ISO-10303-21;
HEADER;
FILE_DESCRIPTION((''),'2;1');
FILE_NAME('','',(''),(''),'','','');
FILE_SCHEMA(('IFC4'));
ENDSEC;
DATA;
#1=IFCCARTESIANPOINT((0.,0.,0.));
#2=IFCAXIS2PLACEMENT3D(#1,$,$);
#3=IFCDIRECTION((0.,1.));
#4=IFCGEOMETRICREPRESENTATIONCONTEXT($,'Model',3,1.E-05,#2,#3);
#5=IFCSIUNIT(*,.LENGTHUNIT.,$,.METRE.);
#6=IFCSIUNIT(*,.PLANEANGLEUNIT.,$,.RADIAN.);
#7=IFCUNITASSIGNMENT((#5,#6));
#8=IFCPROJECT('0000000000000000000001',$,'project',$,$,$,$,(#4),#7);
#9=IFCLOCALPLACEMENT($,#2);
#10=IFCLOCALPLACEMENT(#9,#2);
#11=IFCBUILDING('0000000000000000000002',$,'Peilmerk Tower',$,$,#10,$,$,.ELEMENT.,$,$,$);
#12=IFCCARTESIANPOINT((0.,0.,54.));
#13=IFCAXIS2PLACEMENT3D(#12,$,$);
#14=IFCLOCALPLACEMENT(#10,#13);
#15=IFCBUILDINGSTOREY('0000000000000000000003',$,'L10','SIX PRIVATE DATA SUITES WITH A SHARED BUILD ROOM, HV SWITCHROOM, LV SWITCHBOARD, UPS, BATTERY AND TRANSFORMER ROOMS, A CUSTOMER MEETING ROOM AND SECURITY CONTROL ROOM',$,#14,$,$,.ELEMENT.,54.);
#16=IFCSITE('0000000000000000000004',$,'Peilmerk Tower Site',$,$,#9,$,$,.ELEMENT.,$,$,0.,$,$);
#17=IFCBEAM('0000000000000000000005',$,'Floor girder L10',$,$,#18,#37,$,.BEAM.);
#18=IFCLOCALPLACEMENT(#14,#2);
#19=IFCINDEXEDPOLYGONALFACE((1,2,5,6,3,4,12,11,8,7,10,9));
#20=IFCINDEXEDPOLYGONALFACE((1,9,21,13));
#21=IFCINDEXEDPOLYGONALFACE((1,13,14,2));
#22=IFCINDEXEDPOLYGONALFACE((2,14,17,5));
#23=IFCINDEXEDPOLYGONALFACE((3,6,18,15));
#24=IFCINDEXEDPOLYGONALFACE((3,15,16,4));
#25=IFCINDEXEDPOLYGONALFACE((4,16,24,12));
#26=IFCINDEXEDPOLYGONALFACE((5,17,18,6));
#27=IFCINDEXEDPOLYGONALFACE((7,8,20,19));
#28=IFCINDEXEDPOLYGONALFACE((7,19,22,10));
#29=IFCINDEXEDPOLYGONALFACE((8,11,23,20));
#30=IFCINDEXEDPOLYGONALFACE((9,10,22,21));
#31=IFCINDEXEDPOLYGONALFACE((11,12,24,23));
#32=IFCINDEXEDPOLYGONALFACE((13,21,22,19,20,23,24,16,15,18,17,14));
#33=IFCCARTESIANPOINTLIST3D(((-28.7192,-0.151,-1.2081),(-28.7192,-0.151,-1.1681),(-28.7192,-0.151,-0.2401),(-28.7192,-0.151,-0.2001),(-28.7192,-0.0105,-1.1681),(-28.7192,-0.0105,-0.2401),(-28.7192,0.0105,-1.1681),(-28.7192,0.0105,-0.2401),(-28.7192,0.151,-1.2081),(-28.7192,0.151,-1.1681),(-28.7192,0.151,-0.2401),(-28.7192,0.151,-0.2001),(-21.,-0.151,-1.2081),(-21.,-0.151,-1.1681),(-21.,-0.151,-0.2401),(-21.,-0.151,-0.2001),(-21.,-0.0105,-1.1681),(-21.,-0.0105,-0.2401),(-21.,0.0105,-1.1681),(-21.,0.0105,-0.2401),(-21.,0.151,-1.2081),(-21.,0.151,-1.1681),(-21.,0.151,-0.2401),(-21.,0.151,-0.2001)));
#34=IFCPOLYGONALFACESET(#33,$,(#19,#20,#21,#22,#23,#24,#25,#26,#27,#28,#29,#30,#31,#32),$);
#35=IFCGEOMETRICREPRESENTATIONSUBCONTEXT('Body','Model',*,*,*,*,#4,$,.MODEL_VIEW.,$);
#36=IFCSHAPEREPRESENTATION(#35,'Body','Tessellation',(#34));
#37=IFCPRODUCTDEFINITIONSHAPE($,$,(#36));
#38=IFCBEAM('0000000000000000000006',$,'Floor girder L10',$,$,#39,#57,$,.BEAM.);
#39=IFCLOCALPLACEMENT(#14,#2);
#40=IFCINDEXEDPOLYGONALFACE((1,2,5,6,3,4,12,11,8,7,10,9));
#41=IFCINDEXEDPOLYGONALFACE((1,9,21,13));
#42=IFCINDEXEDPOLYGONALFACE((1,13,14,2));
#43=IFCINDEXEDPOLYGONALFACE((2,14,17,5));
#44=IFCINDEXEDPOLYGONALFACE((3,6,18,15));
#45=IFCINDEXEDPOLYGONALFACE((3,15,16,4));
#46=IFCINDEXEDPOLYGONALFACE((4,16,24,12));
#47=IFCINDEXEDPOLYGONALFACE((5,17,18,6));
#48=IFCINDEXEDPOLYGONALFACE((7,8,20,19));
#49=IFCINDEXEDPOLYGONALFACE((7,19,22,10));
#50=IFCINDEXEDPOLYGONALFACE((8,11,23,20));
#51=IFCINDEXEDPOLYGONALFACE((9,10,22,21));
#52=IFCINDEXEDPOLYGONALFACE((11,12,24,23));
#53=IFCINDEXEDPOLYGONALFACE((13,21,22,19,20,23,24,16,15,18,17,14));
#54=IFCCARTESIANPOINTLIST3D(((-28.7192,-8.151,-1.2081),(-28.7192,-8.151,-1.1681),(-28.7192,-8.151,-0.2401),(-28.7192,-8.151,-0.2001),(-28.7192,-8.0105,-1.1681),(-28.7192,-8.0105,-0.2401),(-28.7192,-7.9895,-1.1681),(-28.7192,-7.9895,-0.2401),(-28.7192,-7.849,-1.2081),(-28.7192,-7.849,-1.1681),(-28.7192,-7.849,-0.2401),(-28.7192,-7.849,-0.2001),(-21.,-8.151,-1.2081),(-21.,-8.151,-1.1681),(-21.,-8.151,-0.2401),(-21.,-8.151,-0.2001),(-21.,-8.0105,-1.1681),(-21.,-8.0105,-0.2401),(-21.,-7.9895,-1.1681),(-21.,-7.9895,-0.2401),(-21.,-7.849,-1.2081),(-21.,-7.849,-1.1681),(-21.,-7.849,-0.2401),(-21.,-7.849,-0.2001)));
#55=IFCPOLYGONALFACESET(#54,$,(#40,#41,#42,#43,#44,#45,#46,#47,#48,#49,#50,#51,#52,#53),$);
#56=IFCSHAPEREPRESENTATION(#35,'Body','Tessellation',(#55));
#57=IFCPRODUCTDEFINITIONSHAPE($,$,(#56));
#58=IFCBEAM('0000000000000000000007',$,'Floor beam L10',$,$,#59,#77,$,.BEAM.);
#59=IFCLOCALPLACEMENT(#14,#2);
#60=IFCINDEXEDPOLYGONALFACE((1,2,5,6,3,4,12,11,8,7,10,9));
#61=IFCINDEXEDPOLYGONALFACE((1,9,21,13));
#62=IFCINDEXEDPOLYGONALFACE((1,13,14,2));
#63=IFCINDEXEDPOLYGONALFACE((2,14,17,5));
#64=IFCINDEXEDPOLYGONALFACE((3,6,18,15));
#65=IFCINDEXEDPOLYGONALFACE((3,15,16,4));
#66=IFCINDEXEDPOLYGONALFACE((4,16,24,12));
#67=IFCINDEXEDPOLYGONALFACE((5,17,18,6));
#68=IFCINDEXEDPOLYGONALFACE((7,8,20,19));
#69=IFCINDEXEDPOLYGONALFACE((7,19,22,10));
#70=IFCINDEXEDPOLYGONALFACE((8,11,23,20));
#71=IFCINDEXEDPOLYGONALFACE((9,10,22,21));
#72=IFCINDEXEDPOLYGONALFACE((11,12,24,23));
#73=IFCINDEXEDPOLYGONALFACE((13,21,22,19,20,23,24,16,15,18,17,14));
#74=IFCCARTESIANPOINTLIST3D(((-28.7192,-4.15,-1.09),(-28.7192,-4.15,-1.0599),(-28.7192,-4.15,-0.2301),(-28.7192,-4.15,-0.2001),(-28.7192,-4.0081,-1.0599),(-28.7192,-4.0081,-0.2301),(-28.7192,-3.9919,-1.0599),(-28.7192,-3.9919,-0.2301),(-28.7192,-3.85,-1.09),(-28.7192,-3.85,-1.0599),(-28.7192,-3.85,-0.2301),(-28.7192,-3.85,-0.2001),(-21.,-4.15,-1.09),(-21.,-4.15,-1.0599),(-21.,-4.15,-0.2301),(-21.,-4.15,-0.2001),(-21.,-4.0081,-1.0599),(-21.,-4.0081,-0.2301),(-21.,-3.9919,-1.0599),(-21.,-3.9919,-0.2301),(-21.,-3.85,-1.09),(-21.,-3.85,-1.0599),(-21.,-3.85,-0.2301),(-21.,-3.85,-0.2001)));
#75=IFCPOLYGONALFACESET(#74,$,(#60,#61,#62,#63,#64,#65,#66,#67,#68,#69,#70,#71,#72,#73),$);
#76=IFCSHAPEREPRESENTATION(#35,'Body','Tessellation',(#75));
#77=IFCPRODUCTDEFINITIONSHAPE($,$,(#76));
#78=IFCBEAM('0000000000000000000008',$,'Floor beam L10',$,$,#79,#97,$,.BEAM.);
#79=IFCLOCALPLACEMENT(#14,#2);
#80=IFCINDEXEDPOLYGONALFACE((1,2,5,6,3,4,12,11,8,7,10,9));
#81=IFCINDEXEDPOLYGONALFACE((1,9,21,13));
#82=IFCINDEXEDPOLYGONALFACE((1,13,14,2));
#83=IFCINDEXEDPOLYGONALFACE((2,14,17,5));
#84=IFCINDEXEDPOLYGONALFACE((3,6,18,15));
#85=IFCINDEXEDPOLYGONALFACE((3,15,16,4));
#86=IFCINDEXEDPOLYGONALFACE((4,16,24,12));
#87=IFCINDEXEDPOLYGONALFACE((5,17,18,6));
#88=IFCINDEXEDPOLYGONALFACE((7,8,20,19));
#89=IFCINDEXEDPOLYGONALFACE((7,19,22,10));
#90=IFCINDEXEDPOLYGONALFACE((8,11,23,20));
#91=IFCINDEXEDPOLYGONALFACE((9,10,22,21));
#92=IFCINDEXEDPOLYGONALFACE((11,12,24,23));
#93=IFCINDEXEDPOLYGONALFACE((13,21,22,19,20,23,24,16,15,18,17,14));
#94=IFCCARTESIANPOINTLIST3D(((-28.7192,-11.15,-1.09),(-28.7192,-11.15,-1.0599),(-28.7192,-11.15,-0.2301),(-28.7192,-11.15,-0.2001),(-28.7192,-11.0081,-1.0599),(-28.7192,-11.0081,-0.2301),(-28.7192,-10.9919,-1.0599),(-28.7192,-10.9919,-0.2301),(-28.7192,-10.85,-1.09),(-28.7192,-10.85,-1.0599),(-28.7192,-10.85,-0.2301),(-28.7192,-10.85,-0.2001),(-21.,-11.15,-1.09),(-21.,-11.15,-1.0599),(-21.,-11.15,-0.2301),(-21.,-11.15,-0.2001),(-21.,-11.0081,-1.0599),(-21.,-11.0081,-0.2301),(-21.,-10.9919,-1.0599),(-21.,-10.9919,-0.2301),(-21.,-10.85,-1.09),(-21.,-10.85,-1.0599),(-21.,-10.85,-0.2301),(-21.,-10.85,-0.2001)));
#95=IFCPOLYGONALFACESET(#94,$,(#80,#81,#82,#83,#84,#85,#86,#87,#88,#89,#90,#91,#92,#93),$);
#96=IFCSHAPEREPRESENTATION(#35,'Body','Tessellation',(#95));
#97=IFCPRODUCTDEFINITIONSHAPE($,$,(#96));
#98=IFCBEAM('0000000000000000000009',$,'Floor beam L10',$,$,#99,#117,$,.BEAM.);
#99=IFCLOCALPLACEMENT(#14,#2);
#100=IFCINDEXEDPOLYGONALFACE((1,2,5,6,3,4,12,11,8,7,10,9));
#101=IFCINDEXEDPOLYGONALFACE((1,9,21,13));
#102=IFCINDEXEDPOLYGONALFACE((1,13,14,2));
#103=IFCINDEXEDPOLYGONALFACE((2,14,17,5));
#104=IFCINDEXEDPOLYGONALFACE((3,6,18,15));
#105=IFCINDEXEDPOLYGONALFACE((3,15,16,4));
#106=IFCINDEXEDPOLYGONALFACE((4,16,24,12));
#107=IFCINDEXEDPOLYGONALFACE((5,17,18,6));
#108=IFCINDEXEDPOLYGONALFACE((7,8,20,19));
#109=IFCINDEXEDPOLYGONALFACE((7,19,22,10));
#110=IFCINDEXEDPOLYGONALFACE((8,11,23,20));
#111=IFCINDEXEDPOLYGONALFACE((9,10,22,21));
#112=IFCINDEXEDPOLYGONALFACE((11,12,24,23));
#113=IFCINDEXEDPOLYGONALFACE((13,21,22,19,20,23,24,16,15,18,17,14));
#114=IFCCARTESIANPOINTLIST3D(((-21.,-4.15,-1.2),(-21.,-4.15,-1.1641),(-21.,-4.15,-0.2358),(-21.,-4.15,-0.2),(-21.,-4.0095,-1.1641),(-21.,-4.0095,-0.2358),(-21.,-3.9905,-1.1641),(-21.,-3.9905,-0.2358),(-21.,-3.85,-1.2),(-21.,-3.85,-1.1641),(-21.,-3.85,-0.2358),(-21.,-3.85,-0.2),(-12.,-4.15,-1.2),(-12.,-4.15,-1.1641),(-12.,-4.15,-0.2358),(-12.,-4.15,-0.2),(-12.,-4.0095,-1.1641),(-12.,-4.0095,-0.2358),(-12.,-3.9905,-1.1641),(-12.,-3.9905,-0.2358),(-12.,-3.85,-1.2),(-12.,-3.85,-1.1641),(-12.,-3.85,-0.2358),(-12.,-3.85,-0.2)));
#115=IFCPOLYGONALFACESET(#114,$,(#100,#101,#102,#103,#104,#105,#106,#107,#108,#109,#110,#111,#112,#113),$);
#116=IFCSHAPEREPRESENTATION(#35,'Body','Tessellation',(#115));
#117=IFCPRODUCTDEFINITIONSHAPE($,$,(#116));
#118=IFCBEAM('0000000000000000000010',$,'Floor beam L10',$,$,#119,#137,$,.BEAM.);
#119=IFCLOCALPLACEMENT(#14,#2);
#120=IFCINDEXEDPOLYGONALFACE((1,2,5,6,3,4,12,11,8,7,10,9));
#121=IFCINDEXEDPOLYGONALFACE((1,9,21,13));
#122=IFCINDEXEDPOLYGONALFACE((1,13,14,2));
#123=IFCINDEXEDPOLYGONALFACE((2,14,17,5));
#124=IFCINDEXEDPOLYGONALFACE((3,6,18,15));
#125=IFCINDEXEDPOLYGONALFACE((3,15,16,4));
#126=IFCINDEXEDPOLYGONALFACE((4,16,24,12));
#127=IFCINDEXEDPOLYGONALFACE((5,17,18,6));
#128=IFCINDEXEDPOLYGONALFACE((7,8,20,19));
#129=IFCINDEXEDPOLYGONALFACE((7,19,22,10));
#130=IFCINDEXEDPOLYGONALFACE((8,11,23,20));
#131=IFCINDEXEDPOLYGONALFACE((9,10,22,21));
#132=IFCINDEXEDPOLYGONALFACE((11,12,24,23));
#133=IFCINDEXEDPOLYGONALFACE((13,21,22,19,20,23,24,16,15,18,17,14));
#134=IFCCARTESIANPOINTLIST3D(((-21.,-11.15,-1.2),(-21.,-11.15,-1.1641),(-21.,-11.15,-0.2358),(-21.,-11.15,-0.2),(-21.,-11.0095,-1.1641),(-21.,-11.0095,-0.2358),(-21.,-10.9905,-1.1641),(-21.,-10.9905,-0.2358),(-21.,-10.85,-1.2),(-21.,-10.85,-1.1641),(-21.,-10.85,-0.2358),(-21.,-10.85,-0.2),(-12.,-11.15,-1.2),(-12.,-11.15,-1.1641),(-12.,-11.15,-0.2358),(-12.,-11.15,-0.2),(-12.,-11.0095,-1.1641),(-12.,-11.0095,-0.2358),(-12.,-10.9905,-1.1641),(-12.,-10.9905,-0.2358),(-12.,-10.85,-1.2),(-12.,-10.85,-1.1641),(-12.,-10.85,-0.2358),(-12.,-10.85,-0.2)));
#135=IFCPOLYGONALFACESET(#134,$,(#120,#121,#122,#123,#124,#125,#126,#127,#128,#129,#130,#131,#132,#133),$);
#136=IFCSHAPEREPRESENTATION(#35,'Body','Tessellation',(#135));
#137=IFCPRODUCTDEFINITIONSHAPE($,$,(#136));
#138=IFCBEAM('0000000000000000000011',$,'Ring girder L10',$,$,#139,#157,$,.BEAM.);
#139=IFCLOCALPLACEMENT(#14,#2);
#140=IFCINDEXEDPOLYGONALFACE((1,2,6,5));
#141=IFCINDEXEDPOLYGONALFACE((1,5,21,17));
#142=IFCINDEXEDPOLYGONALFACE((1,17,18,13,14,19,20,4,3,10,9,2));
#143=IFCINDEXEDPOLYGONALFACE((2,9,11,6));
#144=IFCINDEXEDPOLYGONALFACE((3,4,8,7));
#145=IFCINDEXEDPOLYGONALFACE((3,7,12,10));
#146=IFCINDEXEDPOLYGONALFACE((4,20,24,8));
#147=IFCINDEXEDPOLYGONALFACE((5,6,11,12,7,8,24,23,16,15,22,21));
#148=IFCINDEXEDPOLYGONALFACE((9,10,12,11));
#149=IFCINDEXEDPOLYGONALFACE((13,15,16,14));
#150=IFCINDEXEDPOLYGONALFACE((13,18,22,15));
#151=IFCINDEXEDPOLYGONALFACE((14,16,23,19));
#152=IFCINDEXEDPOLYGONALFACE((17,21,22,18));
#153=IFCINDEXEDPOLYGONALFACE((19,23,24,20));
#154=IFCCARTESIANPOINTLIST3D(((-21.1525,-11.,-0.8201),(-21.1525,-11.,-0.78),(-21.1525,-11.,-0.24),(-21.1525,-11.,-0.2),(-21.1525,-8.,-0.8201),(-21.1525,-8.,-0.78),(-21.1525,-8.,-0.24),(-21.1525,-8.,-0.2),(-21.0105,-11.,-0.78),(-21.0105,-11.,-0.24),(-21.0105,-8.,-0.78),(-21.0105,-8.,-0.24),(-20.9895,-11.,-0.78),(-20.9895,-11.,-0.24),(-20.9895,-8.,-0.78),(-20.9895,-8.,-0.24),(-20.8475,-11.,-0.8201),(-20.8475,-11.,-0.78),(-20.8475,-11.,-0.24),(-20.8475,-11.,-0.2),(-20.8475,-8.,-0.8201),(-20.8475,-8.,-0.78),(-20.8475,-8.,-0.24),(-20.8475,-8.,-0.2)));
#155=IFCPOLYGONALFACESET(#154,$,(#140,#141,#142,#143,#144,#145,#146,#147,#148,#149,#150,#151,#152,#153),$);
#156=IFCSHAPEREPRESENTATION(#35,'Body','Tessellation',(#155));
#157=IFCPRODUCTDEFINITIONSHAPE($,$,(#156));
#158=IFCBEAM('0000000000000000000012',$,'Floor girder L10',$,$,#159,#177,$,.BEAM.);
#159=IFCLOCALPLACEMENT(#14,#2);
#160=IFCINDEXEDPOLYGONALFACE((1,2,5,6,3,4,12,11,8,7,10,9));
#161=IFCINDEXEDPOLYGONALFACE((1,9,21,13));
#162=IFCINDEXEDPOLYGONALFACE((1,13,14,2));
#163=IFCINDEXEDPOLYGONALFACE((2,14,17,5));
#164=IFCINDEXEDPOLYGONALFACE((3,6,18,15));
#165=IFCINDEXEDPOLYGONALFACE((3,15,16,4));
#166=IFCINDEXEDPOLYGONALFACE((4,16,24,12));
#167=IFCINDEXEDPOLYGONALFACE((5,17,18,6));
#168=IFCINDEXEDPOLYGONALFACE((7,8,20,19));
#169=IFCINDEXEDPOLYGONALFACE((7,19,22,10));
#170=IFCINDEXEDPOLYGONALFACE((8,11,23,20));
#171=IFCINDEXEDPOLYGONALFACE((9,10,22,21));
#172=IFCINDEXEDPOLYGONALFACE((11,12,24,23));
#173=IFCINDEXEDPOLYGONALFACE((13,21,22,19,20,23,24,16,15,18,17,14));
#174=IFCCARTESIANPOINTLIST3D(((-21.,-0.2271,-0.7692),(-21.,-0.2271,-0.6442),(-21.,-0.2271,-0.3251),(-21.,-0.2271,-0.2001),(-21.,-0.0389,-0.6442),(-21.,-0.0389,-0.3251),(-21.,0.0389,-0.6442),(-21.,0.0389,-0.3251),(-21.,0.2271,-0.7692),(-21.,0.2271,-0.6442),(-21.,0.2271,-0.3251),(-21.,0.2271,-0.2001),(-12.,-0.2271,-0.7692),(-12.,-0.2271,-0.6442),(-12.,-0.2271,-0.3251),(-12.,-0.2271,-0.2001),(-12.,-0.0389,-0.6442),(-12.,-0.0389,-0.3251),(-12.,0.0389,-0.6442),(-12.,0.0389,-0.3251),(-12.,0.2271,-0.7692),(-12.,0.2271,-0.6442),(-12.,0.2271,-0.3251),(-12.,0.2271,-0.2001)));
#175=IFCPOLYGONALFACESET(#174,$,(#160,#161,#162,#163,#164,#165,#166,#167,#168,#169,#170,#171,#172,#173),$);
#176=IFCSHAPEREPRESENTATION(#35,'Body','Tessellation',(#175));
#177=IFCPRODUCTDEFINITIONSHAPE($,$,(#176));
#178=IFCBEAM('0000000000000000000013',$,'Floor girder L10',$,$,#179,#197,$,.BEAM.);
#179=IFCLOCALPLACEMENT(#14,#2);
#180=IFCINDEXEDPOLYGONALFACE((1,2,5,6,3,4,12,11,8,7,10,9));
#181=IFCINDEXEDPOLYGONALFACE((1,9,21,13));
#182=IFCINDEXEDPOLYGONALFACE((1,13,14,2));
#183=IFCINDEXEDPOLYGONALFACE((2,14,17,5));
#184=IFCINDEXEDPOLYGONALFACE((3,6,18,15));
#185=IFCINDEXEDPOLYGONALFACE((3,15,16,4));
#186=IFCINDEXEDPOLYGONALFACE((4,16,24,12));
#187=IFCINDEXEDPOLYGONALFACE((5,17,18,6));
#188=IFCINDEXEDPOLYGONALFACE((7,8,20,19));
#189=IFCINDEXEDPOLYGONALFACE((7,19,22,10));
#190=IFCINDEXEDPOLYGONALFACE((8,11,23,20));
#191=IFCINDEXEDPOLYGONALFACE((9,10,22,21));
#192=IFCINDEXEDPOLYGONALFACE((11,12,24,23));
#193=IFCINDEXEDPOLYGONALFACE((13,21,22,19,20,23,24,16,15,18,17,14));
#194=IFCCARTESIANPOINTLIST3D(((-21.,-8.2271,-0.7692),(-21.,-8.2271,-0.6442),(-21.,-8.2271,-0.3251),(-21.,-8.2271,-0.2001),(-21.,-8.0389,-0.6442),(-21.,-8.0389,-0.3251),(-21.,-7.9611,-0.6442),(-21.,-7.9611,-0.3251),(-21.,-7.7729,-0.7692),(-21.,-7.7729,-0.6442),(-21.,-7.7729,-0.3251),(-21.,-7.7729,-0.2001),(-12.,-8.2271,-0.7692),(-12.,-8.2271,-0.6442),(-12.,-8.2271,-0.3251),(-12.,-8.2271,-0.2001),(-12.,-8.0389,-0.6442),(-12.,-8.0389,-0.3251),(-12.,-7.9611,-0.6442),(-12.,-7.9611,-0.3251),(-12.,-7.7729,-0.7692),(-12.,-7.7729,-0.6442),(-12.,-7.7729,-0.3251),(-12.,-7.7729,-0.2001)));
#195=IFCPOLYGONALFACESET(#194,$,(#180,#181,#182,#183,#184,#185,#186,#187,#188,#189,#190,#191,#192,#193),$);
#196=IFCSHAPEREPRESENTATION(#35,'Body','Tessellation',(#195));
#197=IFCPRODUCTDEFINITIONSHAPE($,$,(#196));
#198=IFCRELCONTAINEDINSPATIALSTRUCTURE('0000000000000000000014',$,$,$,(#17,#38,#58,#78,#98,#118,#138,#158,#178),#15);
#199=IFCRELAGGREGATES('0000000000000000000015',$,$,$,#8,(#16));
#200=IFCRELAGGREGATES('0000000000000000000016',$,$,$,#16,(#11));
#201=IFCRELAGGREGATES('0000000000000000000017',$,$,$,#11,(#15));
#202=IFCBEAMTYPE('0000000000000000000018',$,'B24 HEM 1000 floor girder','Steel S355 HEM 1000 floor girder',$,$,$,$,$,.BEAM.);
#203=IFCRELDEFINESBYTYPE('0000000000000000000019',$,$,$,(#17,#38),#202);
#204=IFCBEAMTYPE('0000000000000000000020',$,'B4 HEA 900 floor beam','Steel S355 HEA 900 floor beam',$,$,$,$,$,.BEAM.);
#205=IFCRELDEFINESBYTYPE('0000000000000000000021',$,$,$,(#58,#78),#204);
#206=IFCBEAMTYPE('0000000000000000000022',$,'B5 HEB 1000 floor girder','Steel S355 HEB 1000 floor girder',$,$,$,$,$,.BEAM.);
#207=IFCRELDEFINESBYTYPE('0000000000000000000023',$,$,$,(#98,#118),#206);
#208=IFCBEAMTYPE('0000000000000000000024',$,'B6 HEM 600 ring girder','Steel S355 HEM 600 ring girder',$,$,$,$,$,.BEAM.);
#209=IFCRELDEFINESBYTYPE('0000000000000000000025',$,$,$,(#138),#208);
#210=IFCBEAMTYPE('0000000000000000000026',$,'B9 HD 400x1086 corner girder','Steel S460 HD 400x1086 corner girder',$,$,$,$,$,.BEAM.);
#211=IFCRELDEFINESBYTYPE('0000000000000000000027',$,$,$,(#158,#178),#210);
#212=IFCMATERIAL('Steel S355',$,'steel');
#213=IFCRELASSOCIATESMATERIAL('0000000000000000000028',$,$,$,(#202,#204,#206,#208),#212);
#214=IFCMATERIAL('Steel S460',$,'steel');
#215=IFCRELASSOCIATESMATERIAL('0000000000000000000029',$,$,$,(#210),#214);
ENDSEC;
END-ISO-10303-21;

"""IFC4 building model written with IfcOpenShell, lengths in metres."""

from ifc_helpers import new_model, si_unit, direction, frame, origin, origin_2d, place, context, subcontext, project, spatial, i_section, extrude, material, material_profile, profile_set, type_object, element, save


model = new_model("IFC4")

# Units and contexts
model_context = context("Model", 3, precision=1e-05, world=origin(), true_north=direction((0.0, 1.0)))
body_context = subcontext(model_context, "Body", "Model", "MODEL_VIEW")
ifc_project = project(units=[si_unit("LENGTHUNIT", "METRE"), si_unit("PLANEANGLEUNIT", "RADIAN")], contexts=[model_context])

# Site, building, storey
site_placement = place(None, origin())
site = spatial("IfcSite", under=ifc_project, at=site_placement, Name="Peilmerk Tower Site", CompositionType="ELEMENT", RefElevation=0.0)
building_placement = place(site_placement, origin())
building = spatial("IfcBuilding", under=site, at=building_placement, Name="Peilmerk Tower", CompositionType="ELEMENT")
storey_placement = place(building_placement, frame((0.0, 0.0, 54.0)))
storey = spatial("IfcBuildingStorey", under=building, at=storey_placement, Name="L10", Description="SIX PRIVATE DATA SUITES WITH A SHARED BUILD ROOM, HV SWITCHROOM, LV SWITCHBOARD, UPS, BATTERY AND TRANSFORMER ROOMS, A CUSTOMER MEETING ROOM AND SECURITY CONTROL ROOM", CompositionType="ELEMENT", Elevation=54.0)

# Beams
ifc_material_1 = material(Name="Steel S355", Category="steel")
ifc_material_profile_1 = material_profile(ifc_material_1, i_section(OverallWidth=0.302, OverallDepth=1.0081, WebThickness=0.021, FlangeThickness=0.04, at=origin_2d()), Name="HEM 1000")
ifc_profile_set_1 = profile_set([ifc_material_profile_1], Name="Steel S355")
beam_type_1 = type_object("IfcBeamType", Name="B24 HEM 1000 floor girder", Description="Steel S355 HEM 1000 floor girder", PredefinedType="BEAM", material=ifc_profile_set_1)
for number, where, z_axis, x_axis, name in (
    (1, (-21.0, 0.0, -0.7041), (-1.0, 0.0, 0.0), (0.0, -1.0, 0.0), "Floor girder L10"),
    (2, (-21.0, -8.0, -0.7041), (-1.0, 0.0, 0.0), (0.0, -1.0, 0.0), "Floor girder L10"),
):
    element("IfcBeam", number, at=place(storey_placement, frame(where, z_axis=z_axis, x_axis=x_axis)), inside=storey, type_object=beam_type_1, Name=name, PredefinedType="BEAM", context=body_context, shape_type="SweptSolid", body=[
        extrude(i_section(OverallWidth=0.302, OverallDepth=1.0081, WebThickness=0.021, FlangeThickness=0.04, at=origin_2d()), origin(), (0.0, 0.0, 1.0), 7.7192),
    ])
ifc_material_profile_2 = material_profile(ifc_material_1, i_section(OverallWidth=0.3, OverallDepth=0.8899, WebThickness=0.0161, FlangeThickness=0.03, at=origin_2d()), Name="HEA 900")
ifc_profile_set_2 = profile_set([ifc_material_profile_2], Name="Steel S355")
beam_type_2 = type_object("IfcBeamType", Name="B4 HEA 900 floor beam", Description="Steel S355 HEA 900 floor beam", PredefinedType="BEAM", material=ifc_profile_set_2)
for number, where, z_axis, x_axis, name in (
    (3, (-21.0, -4.0, -0.645), (-1.0, 0.0, 0.0), (0.0, -1.0, 0.0), "Floor beam L10"),
    (4, (-21.0, -11.0, -0.645), (-1.0, 0.0, 0.0), (0.0, -1.0, 0.0), "Floor beam L10"),
):
    element("IfcBeam", number, at=place(storey_placement, frame(where, z_axis=z_axis, x_axis=x_axis)), inside=storey, type_object=beam_type_2, Name=name, PredefinedType="BEAM", context=body_context, shape_type="SweptSolid", body=[
        extrude(i_section(OverallWidth=0.3, OverallDepth=0.8899, WebThickness=0.0161, FlangeThickness=0.03, at=origin_2d()), origin(), (0.0, 0.0, 1.0), 7.7192),
    ])
ifc_material_profile_3 = material_profile(ifc_material_1, i_section(OverallWidth=0.3, OverallDepth=1.0, WebThickness=0.019, FlangeThickness=0.0359, at=origin_2d()), Name="HEB 1000")
ifc_profile_set_3 = profile_set([ifc_material_profile_3], Name="Steel S355")
beam_type_3 = type_object("IfcBeamType", Name="B5 HEB 1000 floor girder", Description="Steel S355 HEB 1000 floor girder", PredefinedType="BEAM", material=ifc_profile_set_3)
for number, where, z_axis, x_axis, name in (
    (5, (-12.0, -4.0, -0.7), (-1.0, 0.0, 0.0), (0.0, -1.0, 0.0), "Floor beam L10"),
    (6, (-12.0, -11.0, -0.7), (-1.0, 0.0, 0.0), (0.0, -1.0, 0.0), "Floor beam L10"),
):
    element("IfcBeam", number, at=place(storey_placement, frame(where, z_axis=z_axis, x_axis=x_axis)), inside=storey, type_object=beam_type_3, Name=name, PredefinedType="BEAM", context=body_context, shape_type="SweptSolid", body=[
        extrude(i_section(OverallWidth=0.3, OverallDepth=1.0, WebThickness=0.019, FlangeThickness=0.0359, at=origin_2d()), origin(), (0.0, 0.0, 1.0), 9.0),
    ])
ifc_material_profile_4 = material_profile(ifc_material_1, i_section(OverallWidth=0.3049, OverallDepth=0.6201, WebThickness=0.021, FlangeThickness=0.04, at=origin_2d()), Name="HEM 600")
ifc_profile_set_4 = profile_set([ifc_material_profile_4], Name="Steel S355")
beam_type_4 = type_object("IfcBeamType", Name="B6 HEM 600 ring girder", Description="Steel S355 HEM 600 ring girder", PredefinedType="BEAM", material=ifc_profile_set_4)
beam_1_placement = place(storey_placement, frame((-21.0, -8.0, -0.51), z_axis=(0.0, -1.0, 0.0), x_axis=(1.0, 0.0, 0.0)))
element("IfcBeam", 7, at=beam_1_placement, inside=storey, type_object=beam_type_4, Name="Ring girder L10", PredefinedType="BEAM", context=body_context, shape_type="SweptSolid", body=[
    extrude(i_section(OverallWidth=0.3049, OverallDepth=0.6201, WebThickness=0.021, FlangeThickness=0.04, at=origin_2d()), origin(), (0.0, 0.0, 1.0), 3.0),
])
ifc_material_2 = material(Name="Steel S460", Category="steel")
ifc_material_profile_5 = material_profile(ifc_material_2, i_section(OverallWidth=0.4541, OverallDepth=0.5691, WebThickness=0.0779, FlangeThickness=0.125, at=origin_2d()), Name="HD 400x1086")
ifc_profile_set_5 = profile_set([ifc_material_profile_5], Name="Steel S460")
beam_type_5 = type_object("IfcBeamType", Name="B9 HD 400x1086 corner girder", Description="Steel S460 HD 400x1086 corner girder", PredefinedType="BEAM", material=ifc_profile_set_5)
for number, where, z_axis, x_axis, name in (
    (8, (-12.0, 0.0, -0.4846), (-1.0, 0.0, 0.0), (0.0, -1.0, 0.0), "Floor girder L10"),
    (9, (-12.0, -8.0, -0.4846), (-1.0, 0.0, 0.0), (0.0, -1.0, 0.0), "Floor girder L10"),
):
    element("IfcBeam", number, at=place(storey_placement, frame(where, z_axis=z_axis, x_axis=x_axis)), inside=storey, type_object=beam_type_5, Name=name, PredefinedType="BEAM", context=body_context, shape_type="SweptSolid", body=[
        extrude(i_section(OverallWidth=0.4541, OverallDepth=0.5691, WebThickness=0.0779, FlangeThickness=0.125, at=origin_2d()), origin(), (0.0, 0.0, 1.0), 9.0),
    ])

save(model, "model.ifc")
